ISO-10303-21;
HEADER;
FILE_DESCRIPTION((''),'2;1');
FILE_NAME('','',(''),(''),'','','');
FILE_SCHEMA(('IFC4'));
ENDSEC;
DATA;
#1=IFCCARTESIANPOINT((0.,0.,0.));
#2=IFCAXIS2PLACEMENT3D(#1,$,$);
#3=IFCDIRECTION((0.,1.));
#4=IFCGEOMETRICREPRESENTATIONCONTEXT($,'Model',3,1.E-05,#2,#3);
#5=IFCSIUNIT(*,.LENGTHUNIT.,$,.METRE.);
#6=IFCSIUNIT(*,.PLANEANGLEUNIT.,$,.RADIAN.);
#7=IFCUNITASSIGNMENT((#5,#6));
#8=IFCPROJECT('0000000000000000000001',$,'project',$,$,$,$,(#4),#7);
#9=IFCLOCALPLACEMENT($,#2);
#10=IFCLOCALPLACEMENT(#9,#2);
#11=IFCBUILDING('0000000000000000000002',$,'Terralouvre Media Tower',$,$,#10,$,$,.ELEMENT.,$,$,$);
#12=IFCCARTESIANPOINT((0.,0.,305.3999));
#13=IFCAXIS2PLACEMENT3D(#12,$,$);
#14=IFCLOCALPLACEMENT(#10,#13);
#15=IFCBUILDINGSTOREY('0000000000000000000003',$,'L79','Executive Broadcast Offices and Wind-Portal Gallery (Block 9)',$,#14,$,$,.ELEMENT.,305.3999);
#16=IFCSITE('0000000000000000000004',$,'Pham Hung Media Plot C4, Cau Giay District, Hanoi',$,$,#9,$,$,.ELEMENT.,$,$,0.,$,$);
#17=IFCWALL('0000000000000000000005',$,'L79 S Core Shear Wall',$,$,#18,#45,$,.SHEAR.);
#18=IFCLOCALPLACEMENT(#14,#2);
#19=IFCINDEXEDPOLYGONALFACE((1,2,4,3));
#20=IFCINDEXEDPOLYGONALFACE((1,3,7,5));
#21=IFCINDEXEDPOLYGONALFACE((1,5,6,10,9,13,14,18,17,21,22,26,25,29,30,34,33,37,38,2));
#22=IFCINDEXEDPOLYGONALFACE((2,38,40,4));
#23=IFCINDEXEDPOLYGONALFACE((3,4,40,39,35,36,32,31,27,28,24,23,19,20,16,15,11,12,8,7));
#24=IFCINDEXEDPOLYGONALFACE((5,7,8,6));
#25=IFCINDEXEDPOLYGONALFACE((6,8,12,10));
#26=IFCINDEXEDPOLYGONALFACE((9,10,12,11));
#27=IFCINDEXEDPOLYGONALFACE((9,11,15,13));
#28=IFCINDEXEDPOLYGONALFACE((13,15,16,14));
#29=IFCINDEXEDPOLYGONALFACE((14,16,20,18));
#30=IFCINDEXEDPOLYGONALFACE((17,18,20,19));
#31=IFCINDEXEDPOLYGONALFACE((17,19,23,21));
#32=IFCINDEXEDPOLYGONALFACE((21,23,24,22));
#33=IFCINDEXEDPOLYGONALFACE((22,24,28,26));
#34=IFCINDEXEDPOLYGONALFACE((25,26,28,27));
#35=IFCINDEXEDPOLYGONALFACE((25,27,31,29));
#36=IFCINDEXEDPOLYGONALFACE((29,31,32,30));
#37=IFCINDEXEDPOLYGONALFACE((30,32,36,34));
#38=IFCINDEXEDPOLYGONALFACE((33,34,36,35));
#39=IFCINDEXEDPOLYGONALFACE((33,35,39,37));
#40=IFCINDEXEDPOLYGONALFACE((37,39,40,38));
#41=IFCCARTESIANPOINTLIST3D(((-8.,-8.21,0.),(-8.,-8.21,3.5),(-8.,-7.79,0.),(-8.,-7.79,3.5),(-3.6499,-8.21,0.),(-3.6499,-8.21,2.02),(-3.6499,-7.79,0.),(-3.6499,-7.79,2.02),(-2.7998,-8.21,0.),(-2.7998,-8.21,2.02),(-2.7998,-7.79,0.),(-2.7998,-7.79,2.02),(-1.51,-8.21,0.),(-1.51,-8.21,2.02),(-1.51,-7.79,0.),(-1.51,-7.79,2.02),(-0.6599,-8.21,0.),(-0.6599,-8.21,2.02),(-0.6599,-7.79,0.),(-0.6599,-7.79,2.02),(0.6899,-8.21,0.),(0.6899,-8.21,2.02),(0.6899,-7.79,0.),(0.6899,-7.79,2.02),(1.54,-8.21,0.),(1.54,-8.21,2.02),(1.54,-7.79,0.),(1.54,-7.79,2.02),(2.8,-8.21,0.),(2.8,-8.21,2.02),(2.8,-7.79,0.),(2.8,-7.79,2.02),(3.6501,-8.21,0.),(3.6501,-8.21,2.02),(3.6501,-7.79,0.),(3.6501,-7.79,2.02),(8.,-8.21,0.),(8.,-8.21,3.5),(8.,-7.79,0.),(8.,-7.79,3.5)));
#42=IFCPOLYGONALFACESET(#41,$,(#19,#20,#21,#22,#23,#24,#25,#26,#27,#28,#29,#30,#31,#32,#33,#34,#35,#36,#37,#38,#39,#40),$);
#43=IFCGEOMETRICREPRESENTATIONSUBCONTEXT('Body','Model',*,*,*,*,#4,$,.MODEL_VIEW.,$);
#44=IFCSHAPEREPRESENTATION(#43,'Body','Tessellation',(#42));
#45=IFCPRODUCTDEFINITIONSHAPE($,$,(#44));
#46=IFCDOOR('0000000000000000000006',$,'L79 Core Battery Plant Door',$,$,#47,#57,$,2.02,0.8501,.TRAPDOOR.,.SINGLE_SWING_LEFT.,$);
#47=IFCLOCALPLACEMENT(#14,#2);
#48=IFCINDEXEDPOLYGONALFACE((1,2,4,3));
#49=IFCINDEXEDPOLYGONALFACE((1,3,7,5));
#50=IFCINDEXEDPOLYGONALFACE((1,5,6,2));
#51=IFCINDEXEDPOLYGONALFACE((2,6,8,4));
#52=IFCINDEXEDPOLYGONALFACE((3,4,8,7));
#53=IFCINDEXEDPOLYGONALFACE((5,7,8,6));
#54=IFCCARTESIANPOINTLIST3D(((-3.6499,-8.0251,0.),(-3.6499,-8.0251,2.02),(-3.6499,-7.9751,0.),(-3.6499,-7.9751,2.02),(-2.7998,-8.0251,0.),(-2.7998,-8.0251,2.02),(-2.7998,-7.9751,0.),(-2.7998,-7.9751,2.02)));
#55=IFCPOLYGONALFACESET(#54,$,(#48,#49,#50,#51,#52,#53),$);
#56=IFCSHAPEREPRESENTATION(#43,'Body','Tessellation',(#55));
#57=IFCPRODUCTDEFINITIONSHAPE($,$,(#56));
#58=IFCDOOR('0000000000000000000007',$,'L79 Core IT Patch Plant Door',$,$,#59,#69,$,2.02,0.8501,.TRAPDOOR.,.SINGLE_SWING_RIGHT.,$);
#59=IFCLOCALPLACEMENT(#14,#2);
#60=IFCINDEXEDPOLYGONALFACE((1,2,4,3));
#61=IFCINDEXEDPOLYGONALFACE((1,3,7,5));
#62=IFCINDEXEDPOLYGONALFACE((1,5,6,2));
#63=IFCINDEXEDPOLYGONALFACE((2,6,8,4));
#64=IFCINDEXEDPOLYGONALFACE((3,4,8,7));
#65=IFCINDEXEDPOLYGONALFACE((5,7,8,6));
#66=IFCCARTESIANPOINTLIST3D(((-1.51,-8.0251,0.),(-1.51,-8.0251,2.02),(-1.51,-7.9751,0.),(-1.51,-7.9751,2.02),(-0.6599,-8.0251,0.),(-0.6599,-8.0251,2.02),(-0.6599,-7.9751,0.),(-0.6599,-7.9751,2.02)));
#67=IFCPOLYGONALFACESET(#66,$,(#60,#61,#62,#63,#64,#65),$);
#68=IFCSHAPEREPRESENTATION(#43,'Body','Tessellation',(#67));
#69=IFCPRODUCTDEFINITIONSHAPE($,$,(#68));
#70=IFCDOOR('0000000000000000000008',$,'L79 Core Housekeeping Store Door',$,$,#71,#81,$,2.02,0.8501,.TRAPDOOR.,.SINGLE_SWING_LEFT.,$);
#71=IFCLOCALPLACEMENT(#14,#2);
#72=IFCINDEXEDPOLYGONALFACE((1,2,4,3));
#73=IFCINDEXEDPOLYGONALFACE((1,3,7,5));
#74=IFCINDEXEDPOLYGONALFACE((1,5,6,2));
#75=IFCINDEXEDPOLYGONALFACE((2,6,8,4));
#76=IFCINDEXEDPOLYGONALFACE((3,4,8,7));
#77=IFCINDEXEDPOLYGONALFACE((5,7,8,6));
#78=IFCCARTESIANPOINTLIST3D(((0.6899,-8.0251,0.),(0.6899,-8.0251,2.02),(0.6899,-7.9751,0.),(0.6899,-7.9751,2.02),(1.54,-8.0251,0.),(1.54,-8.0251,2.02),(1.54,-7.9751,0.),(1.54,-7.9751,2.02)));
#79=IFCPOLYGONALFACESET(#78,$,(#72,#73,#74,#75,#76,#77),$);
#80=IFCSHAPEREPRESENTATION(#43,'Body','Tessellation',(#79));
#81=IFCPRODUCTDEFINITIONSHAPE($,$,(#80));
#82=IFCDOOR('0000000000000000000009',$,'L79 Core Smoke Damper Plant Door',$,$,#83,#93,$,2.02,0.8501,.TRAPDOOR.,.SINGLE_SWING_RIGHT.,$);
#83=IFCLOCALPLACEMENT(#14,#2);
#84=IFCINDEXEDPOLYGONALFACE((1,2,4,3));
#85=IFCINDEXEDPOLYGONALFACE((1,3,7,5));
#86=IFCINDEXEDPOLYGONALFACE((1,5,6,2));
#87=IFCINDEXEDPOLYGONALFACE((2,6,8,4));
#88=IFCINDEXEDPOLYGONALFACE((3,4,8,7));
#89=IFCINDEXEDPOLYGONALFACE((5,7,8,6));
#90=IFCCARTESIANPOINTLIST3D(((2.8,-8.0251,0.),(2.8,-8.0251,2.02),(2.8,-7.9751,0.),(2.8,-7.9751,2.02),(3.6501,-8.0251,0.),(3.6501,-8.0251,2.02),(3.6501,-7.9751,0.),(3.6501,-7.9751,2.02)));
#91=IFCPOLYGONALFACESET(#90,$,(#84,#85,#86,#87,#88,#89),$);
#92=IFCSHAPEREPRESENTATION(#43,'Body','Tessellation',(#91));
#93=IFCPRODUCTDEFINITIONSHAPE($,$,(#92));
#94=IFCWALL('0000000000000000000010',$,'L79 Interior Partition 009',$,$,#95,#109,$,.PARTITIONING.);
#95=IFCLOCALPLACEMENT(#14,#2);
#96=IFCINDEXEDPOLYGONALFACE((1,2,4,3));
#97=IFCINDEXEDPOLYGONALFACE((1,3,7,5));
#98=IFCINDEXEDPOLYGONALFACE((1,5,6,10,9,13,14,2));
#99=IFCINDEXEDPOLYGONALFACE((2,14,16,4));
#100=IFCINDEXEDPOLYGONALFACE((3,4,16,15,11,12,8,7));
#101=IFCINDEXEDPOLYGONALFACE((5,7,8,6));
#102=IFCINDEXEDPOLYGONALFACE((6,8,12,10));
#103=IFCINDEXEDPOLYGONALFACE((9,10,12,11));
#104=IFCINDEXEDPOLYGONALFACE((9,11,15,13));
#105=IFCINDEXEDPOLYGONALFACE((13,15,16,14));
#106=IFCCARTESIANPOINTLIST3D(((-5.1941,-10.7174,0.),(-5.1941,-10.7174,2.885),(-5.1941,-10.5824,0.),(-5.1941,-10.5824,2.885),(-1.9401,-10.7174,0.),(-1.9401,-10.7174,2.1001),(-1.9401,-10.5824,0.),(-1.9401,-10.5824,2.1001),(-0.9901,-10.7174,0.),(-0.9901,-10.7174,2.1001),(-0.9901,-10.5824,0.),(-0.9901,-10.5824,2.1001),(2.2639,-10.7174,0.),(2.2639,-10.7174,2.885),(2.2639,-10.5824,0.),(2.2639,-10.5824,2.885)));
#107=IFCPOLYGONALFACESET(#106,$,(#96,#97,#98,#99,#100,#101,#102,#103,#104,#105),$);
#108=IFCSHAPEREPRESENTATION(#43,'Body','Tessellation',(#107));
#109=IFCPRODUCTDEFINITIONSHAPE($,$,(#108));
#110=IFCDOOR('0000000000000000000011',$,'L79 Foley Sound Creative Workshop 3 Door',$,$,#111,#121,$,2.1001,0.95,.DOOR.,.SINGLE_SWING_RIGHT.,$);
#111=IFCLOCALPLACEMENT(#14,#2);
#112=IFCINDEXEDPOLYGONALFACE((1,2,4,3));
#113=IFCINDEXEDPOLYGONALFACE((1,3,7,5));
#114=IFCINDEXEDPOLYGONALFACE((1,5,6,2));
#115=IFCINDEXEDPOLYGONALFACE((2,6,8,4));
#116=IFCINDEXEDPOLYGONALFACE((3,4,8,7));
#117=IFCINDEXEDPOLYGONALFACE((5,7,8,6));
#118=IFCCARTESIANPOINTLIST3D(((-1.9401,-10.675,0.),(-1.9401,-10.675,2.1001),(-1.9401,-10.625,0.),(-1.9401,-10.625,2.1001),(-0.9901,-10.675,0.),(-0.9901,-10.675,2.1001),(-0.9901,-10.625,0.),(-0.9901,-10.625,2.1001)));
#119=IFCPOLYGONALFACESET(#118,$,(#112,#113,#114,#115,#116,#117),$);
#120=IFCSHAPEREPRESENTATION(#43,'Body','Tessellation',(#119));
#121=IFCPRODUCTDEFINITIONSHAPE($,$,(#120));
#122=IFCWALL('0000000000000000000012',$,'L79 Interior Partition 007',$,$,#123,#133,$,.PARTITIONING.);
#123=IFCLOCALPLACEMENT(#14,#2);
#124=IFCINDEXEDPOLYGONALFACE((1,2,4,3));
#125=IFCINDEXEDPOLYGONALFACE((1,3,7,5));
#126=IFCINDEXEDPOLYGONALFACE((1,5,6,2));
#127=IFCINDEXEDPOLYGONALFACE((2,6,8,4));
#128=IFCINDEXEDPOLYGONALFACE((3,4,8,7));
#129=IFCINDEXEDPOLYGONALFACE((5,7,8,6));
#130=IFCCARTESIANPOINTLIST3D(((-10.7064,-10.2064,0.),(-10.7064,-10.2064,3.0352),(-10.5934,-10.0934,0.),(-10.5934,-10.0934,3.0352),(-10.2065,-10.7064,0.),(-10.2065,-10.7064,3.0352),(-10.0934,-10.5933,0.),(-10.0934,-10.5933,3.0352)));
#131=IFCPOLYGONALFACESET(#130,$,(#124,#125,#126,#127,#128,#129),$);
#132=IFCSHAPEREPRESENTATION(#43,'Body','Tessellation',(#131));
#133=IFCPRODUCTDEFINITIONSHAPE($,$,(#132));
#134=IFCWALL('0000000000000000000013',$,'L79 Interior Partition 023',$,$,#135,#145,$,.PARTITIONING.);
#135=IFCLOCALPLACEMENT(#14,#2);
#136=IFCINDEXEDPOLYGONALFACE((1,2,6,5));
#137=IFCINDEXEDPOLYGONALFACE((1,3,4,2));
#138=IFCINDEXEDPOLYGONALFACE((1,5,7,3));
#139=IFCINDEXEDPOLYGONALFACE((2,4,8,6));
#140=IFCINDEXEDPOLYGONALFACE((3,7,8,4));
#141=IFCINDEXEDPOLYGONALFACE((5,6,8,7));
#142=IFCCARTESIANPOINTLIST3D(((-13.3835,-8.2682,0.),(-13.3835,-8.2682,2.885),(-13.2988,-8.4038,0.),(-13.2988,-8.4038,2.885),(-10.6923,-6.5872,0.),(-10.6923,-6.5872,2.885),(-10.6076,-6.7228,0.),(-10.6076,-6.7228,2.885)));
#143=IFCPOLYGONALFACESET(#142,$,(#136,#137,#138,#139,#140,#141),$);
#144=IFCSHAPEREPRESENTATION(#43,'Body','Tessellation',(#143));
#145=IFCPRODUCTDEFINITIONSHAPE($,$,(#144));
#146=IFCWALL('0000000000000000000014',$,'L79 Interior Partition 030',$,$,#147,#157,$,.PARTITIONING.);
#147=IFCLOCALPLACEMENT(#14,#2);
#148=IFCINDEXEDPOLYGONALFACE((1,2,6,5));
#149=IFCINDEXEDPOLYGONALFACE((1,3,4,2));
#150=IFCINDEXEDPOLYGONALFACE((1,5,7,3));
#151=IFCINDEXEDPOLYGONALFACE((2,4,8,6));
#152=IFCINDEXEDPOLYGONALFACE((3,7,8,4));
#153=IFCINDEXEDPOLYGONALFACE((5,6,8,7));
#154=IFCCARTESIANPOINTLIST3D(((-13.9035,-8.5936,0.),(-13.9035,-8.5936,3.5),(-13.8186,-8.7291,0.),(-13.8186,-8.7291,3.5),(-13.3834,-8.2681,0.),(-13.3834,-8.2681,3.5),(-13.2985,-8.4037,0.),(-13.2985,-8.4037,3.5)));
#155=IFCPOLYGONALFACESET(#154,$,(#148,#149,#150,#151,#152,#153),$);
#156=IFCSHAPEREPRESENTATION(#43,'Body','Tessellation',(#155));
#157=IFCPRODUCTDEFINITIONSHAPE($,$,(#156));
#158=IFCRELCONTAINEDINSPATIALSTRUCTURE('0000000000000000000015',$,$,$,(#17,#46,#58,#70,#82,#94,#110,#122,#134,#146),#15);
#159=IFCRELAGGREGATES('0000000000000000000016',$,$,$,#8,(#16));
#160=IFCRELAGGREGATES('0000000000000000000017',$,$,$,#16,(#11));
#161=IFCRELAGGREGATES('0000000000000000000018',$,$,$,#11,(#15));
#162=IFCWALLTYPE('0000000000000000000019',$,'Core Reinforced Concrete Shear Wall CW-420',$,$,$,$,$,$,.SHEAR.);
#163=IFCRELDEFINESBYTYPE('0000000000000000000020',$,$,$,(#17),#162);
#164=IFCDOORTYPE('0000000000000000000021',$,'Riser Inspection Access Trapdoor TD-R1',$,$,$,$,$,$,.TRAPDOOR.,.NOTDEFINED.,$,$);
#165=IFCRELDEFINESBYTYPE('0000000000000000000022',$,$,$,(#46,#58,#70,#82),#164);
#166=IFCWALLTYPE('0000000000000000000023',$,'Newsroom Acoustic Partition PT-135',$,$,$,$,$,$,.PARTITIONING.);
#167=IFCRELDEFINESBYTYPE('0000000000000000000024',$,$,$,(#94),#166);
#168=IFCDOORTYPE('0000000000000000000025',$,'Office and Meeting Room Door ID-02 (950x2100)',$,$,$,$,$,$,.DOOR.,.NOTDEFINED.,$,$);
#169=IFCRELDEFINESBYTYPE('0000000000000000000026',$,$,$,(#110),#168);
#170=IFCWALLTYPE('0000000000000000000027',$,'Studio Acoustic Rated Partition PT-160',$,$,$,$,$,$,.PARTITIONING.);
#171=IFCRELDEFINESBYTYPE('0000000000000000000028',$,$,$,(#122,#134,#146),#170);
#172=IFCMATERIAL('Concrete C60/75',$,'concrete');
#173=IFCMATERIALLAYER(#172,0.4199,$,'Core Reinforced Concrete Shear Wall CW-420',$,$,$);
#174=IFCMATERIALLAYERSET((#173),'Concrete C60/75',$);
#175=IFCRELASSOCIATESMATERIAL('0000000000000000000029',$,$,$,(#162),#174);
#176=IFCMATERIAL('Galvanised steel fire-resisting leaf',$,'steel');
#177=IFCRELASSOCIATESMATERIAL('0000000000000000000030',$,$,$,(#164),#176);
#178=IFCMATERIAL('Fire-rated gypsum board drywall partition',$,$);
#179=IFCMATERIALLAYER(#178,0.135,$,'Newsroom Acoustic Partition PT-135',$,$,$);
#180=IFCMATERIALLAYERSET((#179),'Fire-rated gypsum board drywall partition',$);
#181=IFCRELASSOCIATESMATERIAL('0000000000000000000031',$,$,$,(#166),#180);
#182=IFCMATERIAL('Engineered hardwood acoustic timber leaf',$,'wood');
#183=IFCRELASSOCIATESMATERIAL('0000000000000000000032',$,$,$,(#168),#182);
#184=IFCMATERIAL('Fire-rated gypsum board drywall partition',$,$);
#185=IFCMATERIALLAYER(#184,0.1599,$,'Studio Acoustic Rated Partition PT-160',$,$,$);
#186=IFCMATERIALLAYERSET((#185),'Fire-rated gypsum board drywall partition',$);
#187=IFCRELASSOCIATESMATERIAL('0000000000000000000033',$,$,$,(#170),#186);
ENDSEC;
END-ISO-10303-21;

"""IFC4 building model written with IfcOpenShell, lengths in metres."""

from ifc_helpers import new_model, si_unit, direction, frame, frame_2d, origin, place, context, subcontext, project, spatial, rectangle, extrude, material, layer, layer_set, type_object, element, fill, save


model = new_model("IFC4")

# Units and contexts
model_context = context("Model", 3, precision=1e-05, world=origin(), true_north=direction((0.0, 1.0)))
body_context = subcontext(model_context, "Body", "Model", "MODEL_VIEW")
ifc_project = project(units=[si_unit("LENGTHUNIT", "METRE"), si_unit("PLANEANGLEUNIT", "RADIAN")], contexts=[model_context])

# Site, building, storey
site_placement = place(None, origin())
site = spatial("IfcSite", under=ifc_project, at=site_placement, Name="Pham Hung Media Plot C4, Cau Giay District, Hanoi", CompositionType="ELEMENT", RefElevation=0.0)
building_placement = place(site_placement, origin())
building = spatial("IfcBuilding", under=site, at=building_placement, Name="Terralouvre Media Tower", CompositionType="ELEMENT")
storey_placement = place(building_placement, frame((0.0, 0.0, 305.3999)))
storey = spatial("IfcBuildingStorey", under=building, at=storey_placement, Name="L79", Description="Executive Broadcast Offices and Wind-Portal Gallery (Block 9)", CompositionType="ELEMENT", Elevation=305.3999)

# Wall, openings, doors
ifc_material_1 = material(Name="Concrete C60/75", Category="concrete")
ifc_layer_1 = layer(ifc_material_1, 0.4199, Name="Core Reinforced Concrete Shear Wall CW-420")
ifc_layer_set_1 = layer_set([ifc_layer_1], Name="Concrete C60/75")
wall_type_1 = type_object("IfcWallType", Name="Core Reinforced Concrete Shear Wall CW-420", PredefinedType="SHEAR", material=ifc_layer_set_1)
ifc_material_2 = material(Name="Galvanised steel fire-resisting leaf", Category="steel")
door_type_1 = type_object("IfcDoorType", Name="Riser Inspection Access Trapdoor TD-R1", OperationType="NOTDEFINED", PredefinedType="TRAPDOOR", material=ifc_material_2)
wall_1_placement = place(storey_placement, frame((-8.0, -8.0, 0.0), z_axis=(0.0, 0.0, 1.0), x_axis=(1.0, 0.0, 0.0)))
wall_1 = element("IfcWall", 1, at=wall_1_placement, inside=storey, type_object=wall_type_1, Name="L79 S Core Shear Wall", PredefinedType="SHEAR", context=body_context, shape_type="SweptSolid", body=[
    extrude(rectangle(XDim=16.0, YDim=0.4199, at=frame_2d((8.0, 0.0))), origin(), (0.0, 0.0, 1.0), 3.5),
])
opening_1_placement = place(wall_1_placement, frame((4.3501, 0.0, 0.0)))
opening_1 = element("IfcOpeningElement", 2, at=opening_1_placement, cuts=wall_1, PredefinedType="OPENING", context=body_context, shape_type="SweptSolid", body=[
    extrude(rectangle(XDim=0.8501, YDim=2.02, at=frame_2d((0.425, 1.01))), frame((0.0, 0.22, 0.0), z_axis=(0.0, -1.0, 0.0), x_axis=(1.0, 0.0, 0.0)), (0.0, 0.0, 1.0), 0.4399),
])
opening_2_placement = place(wall_1_placement, frame((6.49, 0.0, 0.0)))
opening_2 = element("IfcOpeningElement", 3, at=opening_2_placement, cuts=wall_1, PredefinedType="OPENING", context=body_context, shape_type="SweptSolid", body=[
    extrude(rectangle(XDim=0.8501, YDim=2.02, at=frame_2d((0.425, 1.01))), frame((0.0, 0.22, 0.0), z_axis=(0.0, -1.0, 0.0), x_axis=(1.0, 0.0, 0.0)), (0.0, 0.0, 1.0), 0.4399),
])
opening_3_placement = place(wall_1_placement, frame((8.6899, 0.0, 0.0)))
opening_3 = element("IfcOpeningElement", 4, at=opening_3_placement, cuts=wall_1, PredefinedType="OPENING", context=body_context, shape_type="SweptSolid", body=[
    extrude(rectangle(XDim=0.8501, YDim=2.02, at=frame_2d((0.425, 1.01))), frame((0.0, 0.22, 0.0), z_axis=(0.0, -1.0, 0.0), x_axis=(1.0, 0.0, 0.0)), (0.0, 0.0, 1.0), 0.4399),
])
opening_4_placement = place(wall_1_placement, frame((10.8, 0.0, 0.0)))
opening_4 = element("IfcOpeningElement", 5, at=opening_4_placement, cuts=wall_1, PredefinedType="OPENING", context=body_context, shape_type="SweptSolid", body=[
    extrude(rectangle(XDim=0.8501, YDim=2.02, at=frame_2d((0.425, 1.01))), frame((0.0, 0.22, 0.0), z_axis=(0.0, -1.0, 0.0), x_axis=(1.0, 0.0, 0.0)), (0.0, 0.0, 1.0), 0.4399),
])
door_1_placement = place(opening_1_placement, origin())
door_1 = element("IfcDoor", 6, at=door_1_placement, inside=storey, type_object=door_type_1, Name="L79 Core Battery Plant Door", OperationType="SINGLE_SWING_LEFT", OverallHeight=2.02, OverallWidth=0.8501, PredefinedType="TRAPDOOR", context=body_context, shape_type="SweptSolid", body=[
    extrude(rectangle(XDim=0.8501, YDim=2.02, at=frame_2d((0.425, 1.01))), frame((0.0, 0.0249, 0.0), z_axis=(0.0, -1.0, 0.0), x_axis=(1.0, 0.0, 0.0)), (0.0, 0.0, 1.0), 0.05),
])
fill(opening_1, door_1)
door_2_placement = place(opening_2_placement, origin())
door_2 = element("IfcDoor", 7, at=door_2_placement, inside=storey, type_object=door_type_1, Name="L79 Core IT Patch Plant Door", OperationType="SINGLE_SWING_RIGHT", OverallHeight=2.02, OverallWidth=0.8501, PredefinedType="TRAPDOOR", context=body_context, shape_type="SweptSolid", body=[
    extrude(rectangle(XDim=0.8501, YDim=2.02, at=frame_2d((0.425, 1.01))), frame((0.0, 0.0249, 0.0), z_axis=(0.0, -1.0, 0.0), x_axis=(1.0, 0.0, 0.0)), (0.0, 0.0, 1.0), 0.05),
])
fill(opening_2, door_2)
door_3_placement = place(opening_3_placement, origin())
door_3 = element("IfcDoor", 8, at=door_3_placement, inside=storey, type_object=door_type_1, Name="L79 Core Housekeeping Store Door", OperationType="SINGLE_SWING_LEFT", OverallHeight=2.02, OverallWidth=0.8501, PredefinedType="TRAPDOOR", context=body_context, shape_type="SweptSolid", body=[
    extrude(rectangle(XDim=0.8501, YDim=2.02, at=frame_2d((0.425, 1.01))), frame((0.0, 0.0249, 0.0), z_axis=(0.0, -1.0, 0.0), x_axis=(1.0, 0.0, 0.0)), (0.0, 0.0, 1.0), 0.05),
])
fill(opening_3, door_3)
door_4_placement = place(opening_4_placement, origin())
door_4 = element("IfcDoor", 9, at=door_4_placement, inside=storey, type_object=door_type_1, Name="L79 Core Smoke Damper Plant Door", OperationType="SINGLE_SWING_RIGHT", OverallHeight=2.02, OverallWidth=0.8501, PredefinedType="TRAPDOOR", context=body_context, shape_type="SweptSolid", body=[
    extrude(rectangle(XDim=0.8501, YDim=2.02, at=frame_2d((0.425, 1.01))), frame((0.0, 0.0249, 0.0), z_axis=(0.0, -1.0, 0.0), x_axis=(1.0, 0.0, 0.0)), (0.0, 0.0, 1.0), 0.05),
])
fill(opening_4, door_4)

# Wall, opening, door
ifc_material_3 = material(Name="Fire-rated gypsum board drywall partition")
ifc_layer_2 = layer(ifc_material_3, 0.135, Name="Newsroom Acoustic Partition PT-135")
ifc_layer_set_2 = layer_set([ifc_layer_2], Name="Fire-rated gypsum board drywall partition")
wall_type_2 = type_object("IfcWallType", Name="Newsroom Acoustic Partition PT-135", PredefinedType="PARTITIONING", material=ifc_layer_set_2)
wall_2_placement = place(storey_placement, frame((-5.1941, -10.6499, 0.0), z_axis=(0.0, 0.0, 1.0), x_axis=(1.0, 0.0, 0.0)))
wall_2 = element("IfcWall", 10, at=wall_2_placement, inside=storey, type_object=wall_type_2, Name="L79 Interior Partition 009", PredefinedType="PARTITIONING", context=body_context, shape_type="SweptSolid", body=[
    extrude(rectangle(XDim=7.458, YDim=0.135, at=frame_2d((3.729, 0.0))), origin(), (0.0, 0.0, 1.0), 2.885),
])
opening_5_placement = place(wall_2_placement, frame((3.2539, 0.0, 0.0)))
opening_5 = element("IfcOpeningElement", 11, at=opening_5_placement, cuts=wall_2, PredefinedType="OPENING", context=body_context, shape_type="SweptSolid", body=[
    extrude(rectangle(XDim=0.95, YDim=2.1001, at=frame_2d((0.4751, 1.05))), frame((0.0, 0.0774, 0.0), z_axis=(0.0, -1.0, 0.0), x_axis=(1.0, 0.0, 0.0)), (0.0, 0.0, 1.0), 0.155),
])
ifc_material_4 = material(Name="Engineered hardwood acoustic timber leaf", Category="wood")
door_type_2 = type_object("IfcDoorType", Name="Office and Meeting Room Door ID-02 (950x2100)", OperationType="NOTDEFINED", PredefinedType="DOOR", material=ifc_material_4)
door_5_placement = place(opening_5_placement, origin())
door_5 = element("IfcDoor", 12, at=door_5_placement, inside=storey, type_object=door_type_2, Name="L79 Foley Sound Creative Workshop 3 Door", OperationType="SINGLE_SWING_RIGHT", OverallHeight=2.1001, OverallWidth=0.95, PredefinedType="DOOR", context=body_context, shape_type="SweptSolid", body=[
    extrude(rectangle(XDim=0.95, YDim=2.1001, at=frame_2d((0.4751, 1.05))), frame((0.0, 0.0249, 0.0), z_axis=(0.0, -1.0, 0.0), x_axis=(1.0, 0.0, 0.0)), (0.0, 0.0, 1.0), 0.05),
])
fill(opening_5, door_5)

# Wall
ifc_material_5 = material(Name="Fire-rated gypsum board drywall partition")
ifc_layer_3 = layer(ifc_material_5, 0.1599, Name="Studio Acoustic Rated Partition PT-160")
ifc_layer_set_3 = layer_set([ifc_layer_3], Name="Fire-rated gypsum board drywall partition")
wall_type_3 = type_object("IfcWallType", Name="Studio Acoustic Rated Partition PT-160", PredefinedType="PARTITIONING", material=ifc_layer_set_3)
wall_3_placement = place(storey_placement, frame((-10.6499, -10.1499, 0.0), z_axis=(0.0, 0.0, 1.0), x_axis=(0.707107, -0.707107, 0.0)))
element("IfcWall", 13, at=wall_3_placement, inside=storey, type_object=wall_type_3, Name="L79 Interior Partition 007", PredefinedType="PARTITIONING", context=body_context, shape_type="SweptSolid", body=[
    extrude(rectangle(XDim=0.707, YDim=0.1599, at=frame_2d((0.3535, 0.0))), origin(), (0.0, 0.0, 1.0), 3.0352),
])

# Walls
wall_4_placement = place(storey_placement, frame((-13.3411, -8.3359, 0.0), z_axis=(0.0, 0.0, 1.0), x_axis=(0.84815, 0.529757, 0.0)))
element("IfcWall", 14, at=wall_4_placement, inside=storey, type_object=wall_type_3, Name="L79 Interior Partition 023", PredefinedType="PARTITIONING", context=body_context, shape_type="SweptSolid", body=[
    extrude(rectangle(XDim=3.1731, YDim=0.1599, at=frame_2d((1.5864, 0.0))), origin(), (0.0, 0.0, 1.0), 2.885),
])
wall_5_placement = place(storey_placement, frame((-13.3411, -8.3359, 0.0), z_axis=(0.0, 0.0, 1.0), x_axis=(-0.847685, -0.5305, 0.0)))
element("IfcWall", 15, at=wall_5_placement, inside=storey, type_object=wall_type_3, Name="L79 Interior Partition 030", PredefinedType="PARTITIONING", context=body_context, shape_type="SweptSolid", body=[
    extrude(rectangle(XDim=0.6135, YDim=0.1599, at=frame_2d((0.3066, 0.0))), origin(), (0.0, 0.0, 1.0), 3.5),
])

save(model, "model.ifc")
